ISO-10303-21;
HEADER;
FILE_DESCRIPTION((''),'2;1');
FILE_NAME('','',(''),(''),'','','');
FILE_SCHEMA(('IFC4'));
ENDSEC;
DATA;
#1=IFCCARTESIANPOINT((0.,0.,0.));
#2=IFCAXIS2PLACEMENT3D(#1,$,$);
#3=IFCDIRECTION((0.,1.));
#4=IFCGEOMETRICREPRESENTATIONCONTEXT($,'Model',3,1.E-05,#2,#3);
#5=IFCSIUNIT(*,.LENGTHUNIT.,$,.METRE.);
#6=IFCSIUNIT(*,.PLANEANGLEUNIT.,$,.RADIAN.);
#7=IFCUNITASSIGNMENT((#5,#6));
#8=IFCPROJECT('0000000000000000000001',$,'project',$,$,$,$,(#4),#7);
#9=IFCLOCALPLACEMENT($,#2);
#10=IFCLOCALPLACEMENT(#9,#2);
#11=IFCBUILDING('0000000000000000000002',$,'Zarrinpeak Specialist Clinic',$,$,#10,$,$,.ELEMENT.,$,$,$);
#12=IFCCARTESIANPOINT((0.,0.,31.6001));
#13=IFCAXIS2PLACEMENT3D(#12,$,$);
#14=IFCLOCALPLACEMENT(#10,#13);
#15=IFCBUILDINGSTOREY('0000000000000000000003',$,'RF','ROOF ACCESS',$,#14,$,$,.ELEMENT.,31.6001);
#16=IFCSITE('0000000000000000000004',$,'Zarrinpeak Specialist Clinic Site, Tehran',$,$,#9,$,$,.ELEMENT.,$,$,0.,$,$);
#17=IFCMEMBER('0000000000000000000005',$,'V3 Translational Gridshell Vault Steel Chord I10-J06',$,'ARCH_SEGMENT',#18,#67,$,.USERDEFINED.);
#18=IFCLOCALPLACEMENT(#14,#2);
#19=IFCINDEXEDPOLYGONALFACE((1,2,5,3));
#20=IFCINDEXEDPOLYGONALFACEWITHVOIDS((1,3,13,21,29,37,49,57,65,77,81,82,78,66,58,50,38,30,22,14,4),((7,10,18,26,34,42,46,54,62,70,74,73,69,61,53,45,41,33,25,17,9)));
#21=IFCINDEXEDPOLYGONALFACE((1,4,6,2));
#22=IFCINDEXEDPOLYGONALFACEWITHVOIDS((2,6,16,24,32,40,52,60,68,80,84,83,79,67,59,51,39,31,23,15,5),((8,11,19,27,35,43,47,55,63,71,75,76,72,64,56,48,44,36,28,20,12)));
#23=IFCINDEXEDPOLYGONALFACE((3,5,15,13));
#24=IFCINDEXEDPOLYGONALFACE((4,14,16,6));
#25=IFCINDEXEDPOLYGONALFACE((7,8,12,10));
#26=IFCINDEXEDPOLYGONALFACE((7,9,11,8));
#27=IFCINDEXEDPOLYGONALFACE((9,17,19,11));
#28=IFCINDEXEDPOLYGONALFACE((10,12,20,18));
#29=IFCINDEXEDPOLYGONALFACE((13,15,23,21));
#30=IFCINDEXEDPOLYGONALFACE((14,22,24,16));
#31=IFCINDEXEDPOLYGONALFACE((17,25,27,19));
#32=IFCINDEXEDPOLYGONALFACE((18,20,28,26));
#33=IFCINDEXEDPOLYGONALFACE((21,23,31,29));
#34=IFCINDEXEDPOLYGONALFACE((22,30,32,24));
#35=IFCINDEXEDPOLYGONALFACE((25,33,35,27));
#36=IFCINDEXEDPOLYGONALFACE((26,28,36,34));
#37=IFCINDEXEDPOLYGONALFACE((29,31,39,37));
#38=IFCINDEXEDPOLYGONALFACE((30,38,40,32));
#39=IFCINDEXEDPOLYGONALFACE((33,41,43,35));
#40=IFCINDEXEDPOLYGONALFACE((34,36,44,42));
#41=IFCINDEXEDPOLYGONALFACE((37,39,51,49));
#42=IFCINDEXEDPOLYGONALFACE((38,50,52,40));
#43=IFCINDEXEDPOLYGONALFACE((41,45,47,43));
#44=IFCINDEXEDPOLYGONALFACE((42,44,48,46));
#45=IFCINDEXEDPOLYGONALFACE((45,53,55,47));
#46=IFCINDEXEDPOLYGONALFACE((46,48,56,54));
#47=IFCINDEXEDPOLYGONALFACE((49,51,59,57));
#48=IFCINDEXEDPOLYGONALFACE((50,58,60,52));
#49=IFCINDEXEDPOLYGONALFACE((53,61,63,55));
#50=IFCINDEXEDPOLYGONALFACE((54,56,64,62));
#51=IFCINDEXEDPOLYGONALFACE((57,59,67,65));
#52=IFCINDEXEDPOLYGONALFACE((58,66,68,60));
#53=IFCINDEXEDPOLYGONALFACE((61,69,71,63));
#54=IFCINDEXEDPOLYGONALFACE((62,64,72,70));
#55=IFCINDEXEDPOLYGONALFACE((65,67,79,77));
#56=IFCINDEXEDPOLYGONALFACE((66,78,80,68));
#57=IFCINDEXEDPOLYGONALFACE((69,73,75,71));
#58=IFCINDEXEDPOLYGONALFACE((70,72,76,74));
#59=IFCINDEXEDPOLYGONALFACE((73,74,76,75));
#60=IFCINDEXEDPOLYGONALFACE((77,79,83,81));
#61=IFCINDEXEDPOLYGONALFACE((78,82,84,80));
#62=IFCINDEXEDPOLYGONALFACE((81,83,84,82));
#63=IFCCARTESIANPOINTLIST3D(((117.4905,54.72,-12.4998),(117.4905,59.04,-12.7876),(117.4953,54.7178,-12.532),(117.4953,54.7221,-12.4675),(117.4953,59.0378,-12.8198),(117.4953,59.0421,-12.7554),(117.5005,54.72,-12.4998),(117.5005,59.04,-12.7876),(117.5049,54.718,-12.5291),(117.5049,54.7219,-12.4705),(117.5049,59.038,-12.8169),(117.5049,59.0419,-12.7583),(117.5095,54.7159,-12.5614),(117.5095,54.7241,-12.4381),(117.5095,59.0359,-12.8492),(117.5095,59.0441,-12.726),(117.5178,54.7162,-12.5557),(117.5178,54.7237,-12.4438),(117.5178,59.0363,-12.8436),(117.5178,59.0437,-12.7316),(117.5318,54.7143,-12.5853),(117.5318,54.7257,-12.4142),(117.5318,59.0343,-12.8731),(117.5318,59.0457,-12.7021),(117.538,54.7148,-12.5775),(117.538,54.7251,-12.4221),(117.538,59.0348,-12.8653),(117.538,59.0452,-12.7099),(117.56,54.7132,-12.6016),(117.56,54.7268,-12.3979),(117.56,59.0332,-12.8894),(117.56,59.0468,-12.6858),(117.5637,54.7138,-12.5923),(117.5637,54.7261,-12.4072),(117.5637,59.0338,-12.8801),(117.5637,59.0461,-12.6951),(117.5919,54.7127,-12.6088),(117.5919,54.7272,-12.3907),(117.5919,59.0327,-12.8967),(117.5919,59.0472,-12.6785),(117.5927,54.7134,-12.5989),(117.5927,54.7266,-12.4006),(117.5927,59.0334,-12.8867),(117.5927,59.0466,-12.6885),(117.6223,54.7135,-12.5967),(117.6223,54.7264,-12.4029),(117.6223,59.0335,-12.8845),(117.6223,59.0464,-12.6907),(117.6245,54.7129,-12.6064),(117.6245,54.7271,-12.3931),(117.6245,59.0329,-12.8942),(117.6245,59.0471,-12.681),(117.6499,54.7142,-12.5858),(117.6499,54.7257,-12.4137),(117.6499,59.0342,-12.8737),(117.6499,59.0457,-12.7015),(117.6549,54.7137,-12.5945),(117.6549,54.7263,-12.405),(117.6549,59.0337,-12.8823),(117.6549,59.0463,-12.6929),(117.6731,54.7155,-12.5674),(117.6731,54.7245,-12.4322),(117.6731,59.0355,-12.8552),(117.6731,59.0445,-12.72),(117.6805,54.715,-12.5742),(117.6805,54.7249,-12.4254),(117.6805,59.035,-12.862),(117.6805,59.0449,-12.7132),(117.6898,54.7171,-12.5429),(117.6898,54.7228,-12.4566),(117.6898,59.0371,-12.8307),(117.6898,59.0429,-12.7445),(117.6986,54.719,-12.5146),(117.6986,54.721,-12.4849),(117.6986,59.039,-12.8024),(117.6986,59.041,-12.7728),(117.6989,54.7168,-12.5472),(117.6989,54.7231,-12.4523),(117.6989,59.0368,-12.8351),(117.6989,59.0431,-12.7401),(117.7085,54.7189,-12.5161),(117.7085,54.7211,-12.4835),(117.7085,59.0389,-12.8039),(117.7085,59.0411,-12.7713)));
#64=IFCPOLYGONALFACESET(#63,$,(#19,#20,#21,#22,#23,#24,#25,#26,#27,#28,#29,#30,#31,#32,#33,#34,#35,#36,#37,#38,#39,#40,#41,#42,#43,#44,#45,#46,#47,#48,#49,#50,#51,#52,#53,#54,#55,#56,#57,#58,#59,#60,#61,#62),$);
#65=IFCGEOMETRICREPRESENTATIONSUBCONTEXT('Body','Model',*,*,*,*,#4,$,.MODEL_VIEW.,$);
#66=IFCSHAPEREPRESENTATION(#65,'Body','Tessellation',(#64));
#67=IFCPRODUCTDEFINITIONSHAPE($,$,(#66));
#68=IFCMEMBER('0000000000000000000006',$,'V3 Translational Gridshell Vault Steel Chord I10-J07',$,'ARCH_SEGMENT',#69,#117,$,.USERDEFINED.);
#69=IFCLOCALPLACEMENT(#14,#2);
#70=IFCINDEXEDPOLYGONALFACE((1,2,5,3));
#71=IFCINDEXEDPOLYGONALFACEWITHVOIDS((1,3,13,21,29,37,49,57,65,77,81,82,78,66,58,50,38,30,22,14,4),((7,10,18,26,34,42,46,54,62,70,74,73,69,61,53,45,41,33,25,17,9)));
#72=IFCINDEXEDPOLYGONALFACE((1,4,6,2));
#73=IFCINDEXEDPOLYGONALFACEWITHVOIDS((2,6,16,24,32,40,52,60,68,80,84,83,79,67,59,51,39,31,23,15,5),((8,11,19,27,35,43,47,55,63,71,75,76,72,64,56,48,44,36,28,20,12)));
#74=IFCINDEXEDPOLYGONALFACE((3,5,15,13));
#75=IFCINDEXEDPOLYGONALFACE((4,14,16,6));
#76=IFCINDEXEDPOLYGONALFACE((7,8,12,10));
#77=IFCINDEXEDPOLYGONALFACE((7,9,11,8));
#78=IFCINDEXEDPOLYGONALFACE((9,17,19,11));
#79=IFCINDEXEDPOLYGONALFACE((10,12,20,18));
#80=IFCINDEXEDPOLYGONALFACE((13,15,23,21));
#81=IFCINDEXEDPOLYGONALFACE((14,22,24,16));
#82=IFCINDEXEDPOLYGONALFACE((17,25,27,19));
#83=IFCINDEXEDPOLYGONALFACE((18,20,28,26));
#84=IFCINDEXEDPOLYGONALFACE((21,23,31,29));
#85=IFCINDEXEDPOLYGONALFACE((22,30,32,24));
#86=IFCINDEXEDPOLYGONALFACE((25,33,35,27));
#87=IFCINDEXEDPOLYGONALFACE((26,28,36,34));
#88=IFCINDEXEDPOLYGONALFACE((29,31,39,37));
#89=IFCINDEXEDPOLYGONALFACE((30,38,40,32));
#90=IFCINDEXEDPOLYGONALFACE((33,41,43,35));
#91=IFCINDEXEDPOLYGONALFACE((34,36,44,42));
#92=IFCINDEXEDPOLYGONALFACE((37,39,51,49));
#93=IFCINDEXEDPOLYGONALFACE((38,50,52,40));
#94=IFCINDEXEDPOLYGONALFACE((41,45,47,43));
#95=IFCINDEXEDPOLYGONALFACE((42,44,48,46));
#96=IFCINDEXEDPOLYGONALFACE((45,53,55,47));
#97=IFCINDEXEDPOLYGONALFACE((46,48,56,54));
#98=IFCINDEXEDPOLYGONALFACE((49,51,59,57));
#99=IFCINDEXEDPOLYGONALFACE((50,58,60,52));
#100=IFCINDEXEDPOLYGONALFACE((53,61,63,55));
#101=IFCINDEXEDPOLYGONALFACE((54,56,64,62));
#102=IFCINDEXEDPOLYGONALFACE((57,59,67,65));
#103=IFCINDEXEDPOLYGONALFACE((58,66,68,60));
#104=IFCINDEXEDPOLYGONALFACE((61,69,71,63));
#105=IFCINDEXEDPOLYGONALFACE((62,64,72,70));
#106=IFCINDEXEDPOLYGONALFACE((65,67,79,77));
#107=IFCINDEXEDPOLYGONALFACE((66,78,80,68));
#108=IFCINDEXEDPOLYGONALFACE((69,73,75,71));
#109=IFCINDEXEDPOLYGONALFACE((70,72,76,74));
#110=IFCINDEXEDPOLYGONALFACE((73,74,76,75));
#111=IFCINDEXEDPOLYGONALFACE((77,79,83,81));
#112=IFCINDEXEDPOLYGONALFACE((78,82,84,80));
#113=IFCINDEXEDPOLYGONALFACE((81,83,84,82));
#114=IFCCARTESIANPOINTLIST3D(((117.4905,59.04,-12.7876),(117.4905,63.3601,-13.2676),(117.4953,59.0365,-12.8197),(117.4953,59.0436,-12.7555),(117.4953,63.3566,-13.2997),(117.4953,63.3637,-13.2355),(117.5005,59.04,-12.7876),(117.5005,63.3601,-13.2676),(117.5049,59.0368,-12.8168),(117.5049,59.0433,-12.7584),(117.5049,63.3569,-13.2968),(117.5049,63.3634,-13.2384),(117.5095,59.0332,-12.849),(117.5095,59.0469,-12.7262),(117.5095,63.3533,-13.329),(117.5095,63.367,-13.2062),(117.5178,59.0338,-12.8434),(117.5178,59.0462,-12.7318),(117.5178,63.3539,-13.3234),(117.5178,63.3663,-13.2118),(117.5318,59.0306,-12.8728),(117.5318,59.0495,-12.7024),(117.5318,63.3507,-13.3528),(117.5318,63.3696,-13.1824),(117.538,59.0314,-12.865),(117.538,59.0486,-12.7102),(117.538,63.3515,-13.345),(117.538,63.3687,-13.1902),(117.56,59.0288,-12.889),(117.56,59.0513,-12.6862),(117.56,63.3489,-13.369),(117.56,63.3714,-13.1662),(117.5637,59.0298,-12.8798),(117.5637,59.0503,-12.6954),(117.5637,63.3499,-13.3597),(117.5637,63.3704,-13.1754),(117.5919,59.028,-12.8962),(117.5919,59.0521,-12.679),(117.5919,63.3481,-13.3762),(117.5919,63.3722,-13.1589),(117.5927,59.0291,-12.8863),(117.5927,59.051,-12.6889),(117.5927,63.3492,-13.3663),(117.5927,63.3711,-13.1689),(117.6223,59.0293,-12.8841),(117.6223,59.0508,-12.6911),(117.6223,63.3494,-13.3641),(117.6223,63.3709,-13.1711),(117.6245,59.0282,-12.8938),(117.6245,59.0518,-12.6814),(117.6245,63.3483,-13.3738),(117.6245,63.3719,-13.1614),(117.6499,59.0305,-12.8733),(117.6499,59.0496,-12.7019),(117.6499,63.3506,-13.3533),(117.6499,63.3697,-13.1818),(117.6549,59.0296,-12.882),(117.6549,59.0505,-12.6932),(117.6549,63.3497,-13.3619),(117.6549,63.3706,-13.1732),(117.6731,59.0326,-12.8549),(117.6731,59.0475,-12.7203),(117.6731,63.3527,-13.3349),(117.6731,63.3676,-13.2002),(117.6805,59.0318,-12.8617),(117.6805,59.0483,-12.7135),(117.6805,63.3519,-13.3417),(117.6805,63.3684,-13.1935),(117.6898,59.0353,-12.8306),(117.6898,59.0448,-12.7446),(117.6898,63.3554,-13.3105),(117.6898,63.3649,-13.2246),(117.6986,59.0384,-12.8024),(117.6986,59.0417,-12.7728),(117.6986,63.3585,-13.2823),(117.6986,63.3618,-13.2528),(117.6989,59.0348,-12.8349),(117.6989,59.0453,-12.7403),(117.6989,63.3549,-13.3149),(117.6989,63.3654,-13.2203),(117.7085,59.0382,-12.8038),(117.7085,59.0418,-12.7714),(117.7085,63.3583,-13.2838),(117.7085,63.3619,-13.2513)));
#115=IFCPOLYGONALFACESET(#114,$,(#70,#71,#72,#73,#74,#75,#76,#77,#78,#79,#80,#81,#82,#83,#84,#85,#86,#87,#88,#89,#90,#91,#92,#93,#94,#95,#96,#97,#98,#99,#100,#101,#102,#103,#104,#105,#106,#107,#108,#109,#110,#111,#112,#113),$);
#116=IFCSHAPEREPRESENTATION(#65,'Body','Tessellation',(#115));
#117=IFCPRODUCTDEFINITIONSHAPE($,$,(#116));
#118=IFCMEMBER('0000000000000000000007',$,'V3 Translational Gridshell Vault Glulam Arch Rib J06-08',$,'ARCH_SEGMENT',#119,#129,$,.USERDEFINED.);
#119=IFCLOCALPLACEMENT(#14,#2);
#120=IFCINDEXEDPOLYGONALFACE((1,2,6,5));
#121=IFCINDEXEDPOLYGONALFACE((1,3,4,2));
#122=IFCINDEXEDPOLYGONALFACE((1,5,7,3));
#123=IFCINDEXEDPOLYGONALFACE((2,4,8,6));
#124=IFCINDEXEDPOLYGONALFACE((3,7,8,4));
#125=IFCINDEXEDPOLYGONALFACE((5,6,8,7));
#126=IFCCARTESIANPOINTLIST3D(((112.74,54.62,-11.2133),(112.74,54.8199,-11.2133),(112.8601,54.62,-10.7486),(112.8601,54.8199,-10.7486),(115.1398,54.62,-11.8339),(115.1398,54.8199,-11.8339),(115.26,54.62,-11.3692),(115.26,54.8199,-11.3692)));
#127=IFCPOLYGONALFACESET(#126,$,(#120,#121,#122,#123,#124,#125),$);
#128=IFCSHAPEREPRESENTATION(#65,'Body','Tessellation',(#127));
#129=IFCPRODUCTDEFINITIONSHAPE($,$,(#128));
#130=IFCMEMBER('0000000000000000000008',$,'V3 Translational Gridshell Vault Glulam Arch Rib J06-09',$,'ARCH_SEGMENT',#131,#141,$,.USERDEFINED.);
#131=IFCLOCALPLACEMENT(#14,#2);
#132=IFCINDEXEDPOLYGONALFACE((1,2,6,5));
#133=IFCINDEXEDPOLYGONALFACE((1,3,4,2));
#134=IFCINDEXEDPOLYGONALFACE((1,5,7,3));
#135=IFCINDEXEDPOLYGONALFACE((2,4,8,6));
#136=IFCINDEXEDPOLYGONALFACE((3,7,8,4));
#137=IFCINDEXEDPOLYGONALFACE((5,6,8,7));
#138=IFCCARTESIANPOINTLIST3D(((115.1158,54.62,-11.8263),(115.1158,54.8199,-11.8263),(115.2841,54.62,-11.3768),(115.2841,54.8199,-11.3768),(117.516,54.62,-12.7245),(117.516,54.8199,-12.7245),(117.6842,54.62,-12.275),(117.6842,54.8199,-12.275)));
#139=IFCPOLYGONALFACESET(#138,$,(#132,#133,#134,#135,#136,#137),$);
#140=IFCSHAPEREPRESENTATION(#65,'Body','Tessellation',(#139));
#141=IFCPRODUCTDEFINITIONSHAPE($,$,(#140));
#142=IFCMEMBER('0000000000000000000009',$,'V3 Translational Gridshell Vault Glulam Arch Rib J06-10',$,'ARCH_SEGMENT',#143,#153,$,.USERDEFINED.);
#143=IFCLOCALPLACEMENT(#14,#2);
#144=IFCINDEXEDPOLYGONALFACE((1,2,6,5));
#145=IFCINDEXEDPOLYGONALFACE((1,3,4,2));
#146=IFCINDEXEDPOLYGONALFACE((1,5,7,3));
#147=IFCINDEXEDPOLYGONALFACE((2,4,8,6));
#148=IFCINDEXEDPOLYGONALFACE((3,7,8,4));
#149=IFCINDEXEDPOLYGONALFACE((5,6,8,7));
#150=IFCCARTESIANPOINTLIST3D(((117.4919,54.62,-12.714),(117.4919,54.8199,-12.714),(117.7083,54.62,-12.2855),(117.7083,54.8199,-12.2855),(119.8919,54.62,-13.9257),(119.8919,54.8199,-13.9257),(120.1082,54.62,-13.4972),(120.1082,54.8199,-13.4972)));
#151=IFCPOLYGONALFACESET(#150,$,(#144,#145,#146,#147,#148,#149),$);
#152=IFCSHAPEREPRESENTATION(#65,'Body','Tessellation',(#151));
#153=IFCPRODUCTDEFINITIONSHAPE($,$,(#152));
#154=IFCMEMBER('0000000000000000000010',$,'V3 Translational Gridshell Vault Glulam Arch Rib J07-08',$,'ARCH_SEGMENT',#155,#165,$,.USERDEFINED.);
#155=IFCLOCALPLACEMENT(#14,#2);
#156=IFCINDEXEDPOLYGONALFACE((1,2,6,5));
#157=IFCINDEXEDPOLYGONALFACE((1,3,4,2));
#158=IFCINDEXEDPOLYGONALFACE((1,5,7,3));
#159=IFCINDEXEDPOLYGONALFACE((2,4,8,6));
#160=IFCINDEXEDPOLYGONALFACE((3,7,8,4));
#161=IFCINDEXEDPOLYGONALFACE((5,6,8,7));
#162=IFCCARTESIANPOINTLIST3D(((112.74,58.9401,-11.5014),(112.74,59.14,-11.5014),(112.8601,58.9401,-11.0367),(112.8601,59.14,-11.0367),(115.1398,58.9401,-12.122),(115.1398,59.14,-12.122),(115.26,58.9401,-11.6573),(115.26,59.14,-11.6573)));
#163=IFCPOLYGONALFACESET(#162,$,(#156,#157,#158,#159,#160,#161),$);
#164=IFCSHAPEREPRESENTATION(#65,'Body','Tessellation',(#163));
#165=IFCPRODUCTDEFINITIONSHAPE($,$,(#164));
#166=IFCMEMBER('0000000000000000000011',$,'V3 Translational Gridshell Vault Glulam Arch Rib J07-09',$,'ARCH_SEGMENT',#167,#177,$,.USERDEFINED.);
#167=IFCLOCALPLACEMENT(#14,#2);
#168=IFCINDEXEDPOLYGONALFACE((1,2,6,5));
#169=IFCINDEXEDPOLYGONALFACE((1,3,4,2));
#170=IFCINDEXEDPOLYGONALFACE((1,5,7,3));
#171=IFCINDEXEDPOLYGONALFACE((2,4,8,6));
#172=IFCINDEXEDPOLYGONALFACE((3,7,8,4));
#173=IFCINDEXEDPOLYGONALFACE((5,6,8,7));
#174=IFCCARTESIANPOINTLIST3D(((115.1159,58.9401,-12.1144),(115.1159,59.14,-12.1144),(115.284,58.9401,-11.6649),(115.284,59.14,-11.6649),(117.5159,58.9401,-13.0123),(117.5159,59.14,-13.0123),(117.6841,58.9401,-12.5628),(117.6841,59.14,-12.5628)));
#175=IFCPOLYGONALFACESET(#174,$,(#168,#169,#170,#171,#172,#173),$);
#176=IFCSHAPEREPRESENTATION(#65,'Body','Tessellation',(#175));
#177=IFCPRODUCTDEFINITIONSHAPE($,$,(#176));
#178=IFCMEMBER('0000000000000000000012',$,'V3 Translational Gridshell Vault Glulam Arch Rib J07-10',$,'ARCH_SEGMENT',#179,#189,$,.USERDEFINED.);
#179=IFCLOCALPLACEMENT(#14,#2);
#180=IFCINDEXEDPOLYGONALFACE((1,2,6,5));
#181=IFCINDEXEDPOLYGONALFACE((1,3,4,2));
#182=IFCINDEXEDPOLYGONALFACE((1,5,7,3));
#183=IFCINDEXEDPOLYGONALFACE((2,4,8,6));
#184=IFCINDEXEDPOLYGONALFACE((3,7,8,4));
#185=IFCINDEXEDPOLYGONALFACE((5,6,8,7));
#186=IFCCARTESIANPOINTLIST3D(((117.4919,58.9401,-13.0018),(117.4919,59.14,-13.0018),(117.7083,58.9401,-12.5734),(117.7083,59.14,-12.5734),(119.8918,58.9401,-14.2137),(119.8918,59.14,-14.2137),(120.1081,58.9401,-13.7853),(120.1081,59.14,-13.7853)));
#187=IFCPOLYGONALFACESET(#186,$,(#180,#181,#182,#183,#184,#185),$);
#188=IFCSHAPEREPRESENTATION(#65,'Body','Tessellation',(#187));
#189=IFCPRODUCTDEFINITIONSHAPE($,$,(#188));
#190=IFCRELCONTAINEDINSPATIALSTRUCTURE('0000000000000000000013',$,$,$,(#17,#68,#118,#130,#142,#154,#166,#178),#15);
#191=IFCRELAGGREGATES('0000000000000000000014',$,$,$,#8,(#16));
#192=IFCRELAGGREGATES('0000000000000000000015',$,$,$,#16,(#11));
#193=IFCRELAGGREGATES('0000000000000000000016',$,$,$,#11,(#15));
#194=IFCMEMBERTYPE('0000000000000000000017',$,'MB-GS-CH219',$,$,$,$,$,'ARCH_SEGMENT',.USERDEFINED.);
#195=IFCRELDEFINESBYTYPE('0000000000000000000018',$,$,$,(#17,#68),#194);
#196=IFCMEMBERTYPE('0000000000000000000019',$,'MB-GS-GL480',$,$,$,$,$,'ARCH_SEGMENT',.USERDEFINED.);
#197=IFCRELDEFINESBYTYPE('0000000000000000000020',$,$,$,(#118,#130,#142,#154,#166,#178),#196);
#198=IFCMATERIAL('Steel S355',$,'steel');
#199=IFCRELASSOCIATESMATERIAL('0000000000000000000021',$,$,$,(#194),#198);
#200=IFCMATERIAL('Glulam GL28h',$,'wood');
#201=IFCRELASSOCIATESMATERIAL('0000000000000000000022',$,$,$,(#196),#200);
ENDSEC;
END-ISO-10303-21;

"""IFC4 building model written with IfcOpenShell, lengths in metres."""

from ifc_helpers import new_model, si_unit, direction, frame, origin, origin_2d, place, context, subcontext, project, spatial, rectangle, hollow_circle, extrude, material, material_profile, profile_set, type_object, element, save


model = new_model("IFC4")

# Units and contexts
model_context = context("Model", 3, precision=1e-05, world=origin(), true_north=direction((0.0, 1.0)))
body_context = subcontext(model_context, "Body", "Model", "MODEL_VIEW")
ifc_project = project(units=[si_unit("LENGTHUNIT", "METRE"), si_unit("PLANEANGLEUNIT", "RADIAN")], contexts=[model_context])

# Site, building, storey
site_placement = place(None, origin())
site = spatial("IfcSite", under=ifc_project, at=site_placement, Name="Zarrinpeak Specialist Clinic Site, Tehran", CompositionType="ELEMENT", RefElevation=0.0)
building_placement = place(site_placement, origin())
building = spatial("IfcBuilding", under=site, at=building_placement, Name="Zarrinpeak Specialist Clinic", CompositionType="ELEMENT")
storey_placement = place(building_placement, frame((0.0, 0.0, 31.6001)))
storey = spatial("IfcBuildingStorey", under=building, at=storey_placement, Name="RF", Description="ROOF ACCESS", CompositionType="ELEMENT", Elevation=31.6001)

# Members
ifc_material_1 = material(Name="Steel S355", Category="steel")
ifc_material_profile_1 = material_profile(ifc_material_1, hollow_circle(Radius=0.1096, WallThickness=0.01, at=origin_2d()), Name="CHS 219.1x10.0")
ifc_profile_set_1 = profile_set([ifc_material_profile_1], Name="Steel S355")
member_type_1 = type_object("IfcMemberType", Name="MB-GS-CH219", ElementType="ARCH_SEGMENT", PredefinedType="USERDEFINED", material=ifc_profile_set_1)
member_1_placement = place(storey_placement, frame((117.6001, 54.72, -12.4998), z_axis=(0.0, 0.997788, -0.066482), x_axis=(-1.0, 0.0, 0.0)))
element("IfcMember", 1, at=member_1_placement, inside=storey, type_object=member_type_1, Name="V3 Translational Gridshell Vault Steel Chord I10-J06", ObjectType="ARCH_SEGMENT", PredefinedType="USERDEFINED", context=body_context, shape_type="SweptSolid", body=[
    extrude(hollow_circle(Radius=0.1096, WallThickness=0.01, at=origin_2d()), origin(), (0.0, 0.0, 1.0), 4.3296),
])
member_2_placement = place(storey_placement, frame((117.6001, 59.04, -12.7876), z_axis=(0.0, 0.993884, -0.110425), x_axis=(-1.0, 0.0, 0.0)))
element("IfcMember", 2, at=member_2_placement, inside=storey, type_object=member_type_1, Name="V3 Translational Gridshell Vault Steel Chord I10-J07", ObjectType="ARCH_SEGMENT", PredefinedType="USERDEFINED", context=body_context, shape_type="SweptSolid", body=[
    extrude(hollow_circle(Radius=0.1096, WallThickness=0.01, at=origin_2d()), origin(), (0.0, 0.0, 1.0), 4.3467),
])
ifc_material_2 = material(Name="Glulam GL28h", Category="wood")
ifc_material_profile_2 = material_profile(ifc_material_2, rectangle(XDim=0.2, YDim=0.48, at=origin_2d()), Name="GL28h 200x480")
ifc_profile_set_2 = profile_set([ifc_material_profile_2], Name="Glulam GL28h")
member_type_2 = type_object("IfcMemberType", Name="MB-GS-GL480", ElementType="ARCH_SEGMENT", PredefinedType="USERDEFINED", material=ifc_profile_set_2)
member_3_placement = place(storey_placement, frame((112.8, 54.72, -10.981), z_axis=(0.968153, 0.0, -0.250361), x_axis=(0.0, 1.0, 0.0)))
element("IfcMember", 3, at=member_3_placement, inside=storey, type_object=member_type_2, Name="V3 Translational Gridshell Vault Glulam Arch Rib J06-08", ObjectType="ARCH_SEGMENT", PredefinedType="USERDEFINED", context=body_context, shape_type="SweptSolid", body=[
    extrude(rectangle(XDim=0.2, YDim=0.48, at=origin_2d()), origin(), (0.0, 0.0, 1.0), 2.4788),
])
member_4_placement = place(storey_placement, frame((115.2, 54.72, -11.6016), z_axis=(0.936568, 0.0, -0.350487), x_axis=(0.0, 1.0, 0.0)))
element("IfcMember", 4, at=member_4_placement, inside=storey, type_object=member_type_2, Name="V3 Translational Gridshell Vault Glulam Arch Rib J06-09", ObjectType="ARCH_SEGMENT", PredefinedType="USERDEFINED", context=body_context, shape_type="SweptSolid", body=[
    extrude(rectangle(XDim=0.2, YDim=0.48, at=origin_2d()), origin(), (0.0, 0.0, 1.0), 2.5627),
])
member_5_placement = place(storey_placement, frame((117.6001, 54.72, -12.4998), z_axis=(0.892677, 0.0, -0.450697), x_axis=(0.0, 1.0, 0.0)))
element("IfcMember", 5, at=member_5_placement, inside=storey, type_object=member_type_2, Name="V3 Translational Gridshell Vault Glulam Arch Rib J06-10", ObjectType="ARCH_SEGMENT", PredefinedType="USERDEFINED", context=body_context, shape_type="SweptSolid", body=[
    extrude(rectangle(XDim=0.2, YDim=0.48, at=origin_2d()), origin(), (0.0, 0.0, 1.0), 2.6885),
])
member_6_placement = place(storey_placement, frame((112.8, 59.04, -11.269), z_axis=(0.968153, 0.0, -0.250361), x_axis=(0.0, 1.0, 0.0)))
element("IfcMember", 6, at=member_6_placement, inside=storey, type_object=member_type_2, Name="V3 Translational Gridshell Vault Glulam Arch Rib J07-08", ObjectType="ARCH_SEGMENT", PredefinedType="USERDEFINED", context=body_context, shape_type="SweptSolid", body=[
    extrude(rectangle(XDim=0.2, YDim=0.48, at=origin_2d()), origin(), (0.0, 0.0, 1.0), 2.4788),
])
member_7_placement = place(storey_placement, frame((115.2, 59.04, -11.8896), z_axis=(0.936599, 0.0, -0.350403), x_axis=(0.0, 1.0, 0.0)))
element("IfcMember", 7, at=member_7_placement, inside=storey, type_object=member_type_2, Name="V3 Translational Gridshell Vault Glulam Arch Rib J07-09", ObjectType="ARCH_SEGMENT", PredefinedType="USERDEFINED", context=body_context, shape_type="SweptSolid", body=[
    extrude(rectangle(XDim=0.2, YDim=0.48, at=origin_2d()), origin(), (0.0, 0.0, 1.0), 2.5625),
])
member_8_placement = place(storey_placement, frame((117.6001, 59.04, -12.7876), z_axis=(0.89264, 0.0, -0.45077), x_axis=(0.0, 1.0, 0.0)))
element("IfcMember", 8, at=member_8_placement, inside=storey, type_object=member_type_2, Name="V3 Translational Gridshell Vault Glulam Arch Rib J07-10", ObjectType="ARCH_SEGMENT", PredefinedType="USERDEFINED", context=body_context, shape_type="SweptSolid", body=[
    extrude(rectangle(XDim=0.2, YDim=0.48, at=origin_2d()), origin(), (0.0, 0.0, 1.0), 2.6885),
])

save(model, "model.ifc")
